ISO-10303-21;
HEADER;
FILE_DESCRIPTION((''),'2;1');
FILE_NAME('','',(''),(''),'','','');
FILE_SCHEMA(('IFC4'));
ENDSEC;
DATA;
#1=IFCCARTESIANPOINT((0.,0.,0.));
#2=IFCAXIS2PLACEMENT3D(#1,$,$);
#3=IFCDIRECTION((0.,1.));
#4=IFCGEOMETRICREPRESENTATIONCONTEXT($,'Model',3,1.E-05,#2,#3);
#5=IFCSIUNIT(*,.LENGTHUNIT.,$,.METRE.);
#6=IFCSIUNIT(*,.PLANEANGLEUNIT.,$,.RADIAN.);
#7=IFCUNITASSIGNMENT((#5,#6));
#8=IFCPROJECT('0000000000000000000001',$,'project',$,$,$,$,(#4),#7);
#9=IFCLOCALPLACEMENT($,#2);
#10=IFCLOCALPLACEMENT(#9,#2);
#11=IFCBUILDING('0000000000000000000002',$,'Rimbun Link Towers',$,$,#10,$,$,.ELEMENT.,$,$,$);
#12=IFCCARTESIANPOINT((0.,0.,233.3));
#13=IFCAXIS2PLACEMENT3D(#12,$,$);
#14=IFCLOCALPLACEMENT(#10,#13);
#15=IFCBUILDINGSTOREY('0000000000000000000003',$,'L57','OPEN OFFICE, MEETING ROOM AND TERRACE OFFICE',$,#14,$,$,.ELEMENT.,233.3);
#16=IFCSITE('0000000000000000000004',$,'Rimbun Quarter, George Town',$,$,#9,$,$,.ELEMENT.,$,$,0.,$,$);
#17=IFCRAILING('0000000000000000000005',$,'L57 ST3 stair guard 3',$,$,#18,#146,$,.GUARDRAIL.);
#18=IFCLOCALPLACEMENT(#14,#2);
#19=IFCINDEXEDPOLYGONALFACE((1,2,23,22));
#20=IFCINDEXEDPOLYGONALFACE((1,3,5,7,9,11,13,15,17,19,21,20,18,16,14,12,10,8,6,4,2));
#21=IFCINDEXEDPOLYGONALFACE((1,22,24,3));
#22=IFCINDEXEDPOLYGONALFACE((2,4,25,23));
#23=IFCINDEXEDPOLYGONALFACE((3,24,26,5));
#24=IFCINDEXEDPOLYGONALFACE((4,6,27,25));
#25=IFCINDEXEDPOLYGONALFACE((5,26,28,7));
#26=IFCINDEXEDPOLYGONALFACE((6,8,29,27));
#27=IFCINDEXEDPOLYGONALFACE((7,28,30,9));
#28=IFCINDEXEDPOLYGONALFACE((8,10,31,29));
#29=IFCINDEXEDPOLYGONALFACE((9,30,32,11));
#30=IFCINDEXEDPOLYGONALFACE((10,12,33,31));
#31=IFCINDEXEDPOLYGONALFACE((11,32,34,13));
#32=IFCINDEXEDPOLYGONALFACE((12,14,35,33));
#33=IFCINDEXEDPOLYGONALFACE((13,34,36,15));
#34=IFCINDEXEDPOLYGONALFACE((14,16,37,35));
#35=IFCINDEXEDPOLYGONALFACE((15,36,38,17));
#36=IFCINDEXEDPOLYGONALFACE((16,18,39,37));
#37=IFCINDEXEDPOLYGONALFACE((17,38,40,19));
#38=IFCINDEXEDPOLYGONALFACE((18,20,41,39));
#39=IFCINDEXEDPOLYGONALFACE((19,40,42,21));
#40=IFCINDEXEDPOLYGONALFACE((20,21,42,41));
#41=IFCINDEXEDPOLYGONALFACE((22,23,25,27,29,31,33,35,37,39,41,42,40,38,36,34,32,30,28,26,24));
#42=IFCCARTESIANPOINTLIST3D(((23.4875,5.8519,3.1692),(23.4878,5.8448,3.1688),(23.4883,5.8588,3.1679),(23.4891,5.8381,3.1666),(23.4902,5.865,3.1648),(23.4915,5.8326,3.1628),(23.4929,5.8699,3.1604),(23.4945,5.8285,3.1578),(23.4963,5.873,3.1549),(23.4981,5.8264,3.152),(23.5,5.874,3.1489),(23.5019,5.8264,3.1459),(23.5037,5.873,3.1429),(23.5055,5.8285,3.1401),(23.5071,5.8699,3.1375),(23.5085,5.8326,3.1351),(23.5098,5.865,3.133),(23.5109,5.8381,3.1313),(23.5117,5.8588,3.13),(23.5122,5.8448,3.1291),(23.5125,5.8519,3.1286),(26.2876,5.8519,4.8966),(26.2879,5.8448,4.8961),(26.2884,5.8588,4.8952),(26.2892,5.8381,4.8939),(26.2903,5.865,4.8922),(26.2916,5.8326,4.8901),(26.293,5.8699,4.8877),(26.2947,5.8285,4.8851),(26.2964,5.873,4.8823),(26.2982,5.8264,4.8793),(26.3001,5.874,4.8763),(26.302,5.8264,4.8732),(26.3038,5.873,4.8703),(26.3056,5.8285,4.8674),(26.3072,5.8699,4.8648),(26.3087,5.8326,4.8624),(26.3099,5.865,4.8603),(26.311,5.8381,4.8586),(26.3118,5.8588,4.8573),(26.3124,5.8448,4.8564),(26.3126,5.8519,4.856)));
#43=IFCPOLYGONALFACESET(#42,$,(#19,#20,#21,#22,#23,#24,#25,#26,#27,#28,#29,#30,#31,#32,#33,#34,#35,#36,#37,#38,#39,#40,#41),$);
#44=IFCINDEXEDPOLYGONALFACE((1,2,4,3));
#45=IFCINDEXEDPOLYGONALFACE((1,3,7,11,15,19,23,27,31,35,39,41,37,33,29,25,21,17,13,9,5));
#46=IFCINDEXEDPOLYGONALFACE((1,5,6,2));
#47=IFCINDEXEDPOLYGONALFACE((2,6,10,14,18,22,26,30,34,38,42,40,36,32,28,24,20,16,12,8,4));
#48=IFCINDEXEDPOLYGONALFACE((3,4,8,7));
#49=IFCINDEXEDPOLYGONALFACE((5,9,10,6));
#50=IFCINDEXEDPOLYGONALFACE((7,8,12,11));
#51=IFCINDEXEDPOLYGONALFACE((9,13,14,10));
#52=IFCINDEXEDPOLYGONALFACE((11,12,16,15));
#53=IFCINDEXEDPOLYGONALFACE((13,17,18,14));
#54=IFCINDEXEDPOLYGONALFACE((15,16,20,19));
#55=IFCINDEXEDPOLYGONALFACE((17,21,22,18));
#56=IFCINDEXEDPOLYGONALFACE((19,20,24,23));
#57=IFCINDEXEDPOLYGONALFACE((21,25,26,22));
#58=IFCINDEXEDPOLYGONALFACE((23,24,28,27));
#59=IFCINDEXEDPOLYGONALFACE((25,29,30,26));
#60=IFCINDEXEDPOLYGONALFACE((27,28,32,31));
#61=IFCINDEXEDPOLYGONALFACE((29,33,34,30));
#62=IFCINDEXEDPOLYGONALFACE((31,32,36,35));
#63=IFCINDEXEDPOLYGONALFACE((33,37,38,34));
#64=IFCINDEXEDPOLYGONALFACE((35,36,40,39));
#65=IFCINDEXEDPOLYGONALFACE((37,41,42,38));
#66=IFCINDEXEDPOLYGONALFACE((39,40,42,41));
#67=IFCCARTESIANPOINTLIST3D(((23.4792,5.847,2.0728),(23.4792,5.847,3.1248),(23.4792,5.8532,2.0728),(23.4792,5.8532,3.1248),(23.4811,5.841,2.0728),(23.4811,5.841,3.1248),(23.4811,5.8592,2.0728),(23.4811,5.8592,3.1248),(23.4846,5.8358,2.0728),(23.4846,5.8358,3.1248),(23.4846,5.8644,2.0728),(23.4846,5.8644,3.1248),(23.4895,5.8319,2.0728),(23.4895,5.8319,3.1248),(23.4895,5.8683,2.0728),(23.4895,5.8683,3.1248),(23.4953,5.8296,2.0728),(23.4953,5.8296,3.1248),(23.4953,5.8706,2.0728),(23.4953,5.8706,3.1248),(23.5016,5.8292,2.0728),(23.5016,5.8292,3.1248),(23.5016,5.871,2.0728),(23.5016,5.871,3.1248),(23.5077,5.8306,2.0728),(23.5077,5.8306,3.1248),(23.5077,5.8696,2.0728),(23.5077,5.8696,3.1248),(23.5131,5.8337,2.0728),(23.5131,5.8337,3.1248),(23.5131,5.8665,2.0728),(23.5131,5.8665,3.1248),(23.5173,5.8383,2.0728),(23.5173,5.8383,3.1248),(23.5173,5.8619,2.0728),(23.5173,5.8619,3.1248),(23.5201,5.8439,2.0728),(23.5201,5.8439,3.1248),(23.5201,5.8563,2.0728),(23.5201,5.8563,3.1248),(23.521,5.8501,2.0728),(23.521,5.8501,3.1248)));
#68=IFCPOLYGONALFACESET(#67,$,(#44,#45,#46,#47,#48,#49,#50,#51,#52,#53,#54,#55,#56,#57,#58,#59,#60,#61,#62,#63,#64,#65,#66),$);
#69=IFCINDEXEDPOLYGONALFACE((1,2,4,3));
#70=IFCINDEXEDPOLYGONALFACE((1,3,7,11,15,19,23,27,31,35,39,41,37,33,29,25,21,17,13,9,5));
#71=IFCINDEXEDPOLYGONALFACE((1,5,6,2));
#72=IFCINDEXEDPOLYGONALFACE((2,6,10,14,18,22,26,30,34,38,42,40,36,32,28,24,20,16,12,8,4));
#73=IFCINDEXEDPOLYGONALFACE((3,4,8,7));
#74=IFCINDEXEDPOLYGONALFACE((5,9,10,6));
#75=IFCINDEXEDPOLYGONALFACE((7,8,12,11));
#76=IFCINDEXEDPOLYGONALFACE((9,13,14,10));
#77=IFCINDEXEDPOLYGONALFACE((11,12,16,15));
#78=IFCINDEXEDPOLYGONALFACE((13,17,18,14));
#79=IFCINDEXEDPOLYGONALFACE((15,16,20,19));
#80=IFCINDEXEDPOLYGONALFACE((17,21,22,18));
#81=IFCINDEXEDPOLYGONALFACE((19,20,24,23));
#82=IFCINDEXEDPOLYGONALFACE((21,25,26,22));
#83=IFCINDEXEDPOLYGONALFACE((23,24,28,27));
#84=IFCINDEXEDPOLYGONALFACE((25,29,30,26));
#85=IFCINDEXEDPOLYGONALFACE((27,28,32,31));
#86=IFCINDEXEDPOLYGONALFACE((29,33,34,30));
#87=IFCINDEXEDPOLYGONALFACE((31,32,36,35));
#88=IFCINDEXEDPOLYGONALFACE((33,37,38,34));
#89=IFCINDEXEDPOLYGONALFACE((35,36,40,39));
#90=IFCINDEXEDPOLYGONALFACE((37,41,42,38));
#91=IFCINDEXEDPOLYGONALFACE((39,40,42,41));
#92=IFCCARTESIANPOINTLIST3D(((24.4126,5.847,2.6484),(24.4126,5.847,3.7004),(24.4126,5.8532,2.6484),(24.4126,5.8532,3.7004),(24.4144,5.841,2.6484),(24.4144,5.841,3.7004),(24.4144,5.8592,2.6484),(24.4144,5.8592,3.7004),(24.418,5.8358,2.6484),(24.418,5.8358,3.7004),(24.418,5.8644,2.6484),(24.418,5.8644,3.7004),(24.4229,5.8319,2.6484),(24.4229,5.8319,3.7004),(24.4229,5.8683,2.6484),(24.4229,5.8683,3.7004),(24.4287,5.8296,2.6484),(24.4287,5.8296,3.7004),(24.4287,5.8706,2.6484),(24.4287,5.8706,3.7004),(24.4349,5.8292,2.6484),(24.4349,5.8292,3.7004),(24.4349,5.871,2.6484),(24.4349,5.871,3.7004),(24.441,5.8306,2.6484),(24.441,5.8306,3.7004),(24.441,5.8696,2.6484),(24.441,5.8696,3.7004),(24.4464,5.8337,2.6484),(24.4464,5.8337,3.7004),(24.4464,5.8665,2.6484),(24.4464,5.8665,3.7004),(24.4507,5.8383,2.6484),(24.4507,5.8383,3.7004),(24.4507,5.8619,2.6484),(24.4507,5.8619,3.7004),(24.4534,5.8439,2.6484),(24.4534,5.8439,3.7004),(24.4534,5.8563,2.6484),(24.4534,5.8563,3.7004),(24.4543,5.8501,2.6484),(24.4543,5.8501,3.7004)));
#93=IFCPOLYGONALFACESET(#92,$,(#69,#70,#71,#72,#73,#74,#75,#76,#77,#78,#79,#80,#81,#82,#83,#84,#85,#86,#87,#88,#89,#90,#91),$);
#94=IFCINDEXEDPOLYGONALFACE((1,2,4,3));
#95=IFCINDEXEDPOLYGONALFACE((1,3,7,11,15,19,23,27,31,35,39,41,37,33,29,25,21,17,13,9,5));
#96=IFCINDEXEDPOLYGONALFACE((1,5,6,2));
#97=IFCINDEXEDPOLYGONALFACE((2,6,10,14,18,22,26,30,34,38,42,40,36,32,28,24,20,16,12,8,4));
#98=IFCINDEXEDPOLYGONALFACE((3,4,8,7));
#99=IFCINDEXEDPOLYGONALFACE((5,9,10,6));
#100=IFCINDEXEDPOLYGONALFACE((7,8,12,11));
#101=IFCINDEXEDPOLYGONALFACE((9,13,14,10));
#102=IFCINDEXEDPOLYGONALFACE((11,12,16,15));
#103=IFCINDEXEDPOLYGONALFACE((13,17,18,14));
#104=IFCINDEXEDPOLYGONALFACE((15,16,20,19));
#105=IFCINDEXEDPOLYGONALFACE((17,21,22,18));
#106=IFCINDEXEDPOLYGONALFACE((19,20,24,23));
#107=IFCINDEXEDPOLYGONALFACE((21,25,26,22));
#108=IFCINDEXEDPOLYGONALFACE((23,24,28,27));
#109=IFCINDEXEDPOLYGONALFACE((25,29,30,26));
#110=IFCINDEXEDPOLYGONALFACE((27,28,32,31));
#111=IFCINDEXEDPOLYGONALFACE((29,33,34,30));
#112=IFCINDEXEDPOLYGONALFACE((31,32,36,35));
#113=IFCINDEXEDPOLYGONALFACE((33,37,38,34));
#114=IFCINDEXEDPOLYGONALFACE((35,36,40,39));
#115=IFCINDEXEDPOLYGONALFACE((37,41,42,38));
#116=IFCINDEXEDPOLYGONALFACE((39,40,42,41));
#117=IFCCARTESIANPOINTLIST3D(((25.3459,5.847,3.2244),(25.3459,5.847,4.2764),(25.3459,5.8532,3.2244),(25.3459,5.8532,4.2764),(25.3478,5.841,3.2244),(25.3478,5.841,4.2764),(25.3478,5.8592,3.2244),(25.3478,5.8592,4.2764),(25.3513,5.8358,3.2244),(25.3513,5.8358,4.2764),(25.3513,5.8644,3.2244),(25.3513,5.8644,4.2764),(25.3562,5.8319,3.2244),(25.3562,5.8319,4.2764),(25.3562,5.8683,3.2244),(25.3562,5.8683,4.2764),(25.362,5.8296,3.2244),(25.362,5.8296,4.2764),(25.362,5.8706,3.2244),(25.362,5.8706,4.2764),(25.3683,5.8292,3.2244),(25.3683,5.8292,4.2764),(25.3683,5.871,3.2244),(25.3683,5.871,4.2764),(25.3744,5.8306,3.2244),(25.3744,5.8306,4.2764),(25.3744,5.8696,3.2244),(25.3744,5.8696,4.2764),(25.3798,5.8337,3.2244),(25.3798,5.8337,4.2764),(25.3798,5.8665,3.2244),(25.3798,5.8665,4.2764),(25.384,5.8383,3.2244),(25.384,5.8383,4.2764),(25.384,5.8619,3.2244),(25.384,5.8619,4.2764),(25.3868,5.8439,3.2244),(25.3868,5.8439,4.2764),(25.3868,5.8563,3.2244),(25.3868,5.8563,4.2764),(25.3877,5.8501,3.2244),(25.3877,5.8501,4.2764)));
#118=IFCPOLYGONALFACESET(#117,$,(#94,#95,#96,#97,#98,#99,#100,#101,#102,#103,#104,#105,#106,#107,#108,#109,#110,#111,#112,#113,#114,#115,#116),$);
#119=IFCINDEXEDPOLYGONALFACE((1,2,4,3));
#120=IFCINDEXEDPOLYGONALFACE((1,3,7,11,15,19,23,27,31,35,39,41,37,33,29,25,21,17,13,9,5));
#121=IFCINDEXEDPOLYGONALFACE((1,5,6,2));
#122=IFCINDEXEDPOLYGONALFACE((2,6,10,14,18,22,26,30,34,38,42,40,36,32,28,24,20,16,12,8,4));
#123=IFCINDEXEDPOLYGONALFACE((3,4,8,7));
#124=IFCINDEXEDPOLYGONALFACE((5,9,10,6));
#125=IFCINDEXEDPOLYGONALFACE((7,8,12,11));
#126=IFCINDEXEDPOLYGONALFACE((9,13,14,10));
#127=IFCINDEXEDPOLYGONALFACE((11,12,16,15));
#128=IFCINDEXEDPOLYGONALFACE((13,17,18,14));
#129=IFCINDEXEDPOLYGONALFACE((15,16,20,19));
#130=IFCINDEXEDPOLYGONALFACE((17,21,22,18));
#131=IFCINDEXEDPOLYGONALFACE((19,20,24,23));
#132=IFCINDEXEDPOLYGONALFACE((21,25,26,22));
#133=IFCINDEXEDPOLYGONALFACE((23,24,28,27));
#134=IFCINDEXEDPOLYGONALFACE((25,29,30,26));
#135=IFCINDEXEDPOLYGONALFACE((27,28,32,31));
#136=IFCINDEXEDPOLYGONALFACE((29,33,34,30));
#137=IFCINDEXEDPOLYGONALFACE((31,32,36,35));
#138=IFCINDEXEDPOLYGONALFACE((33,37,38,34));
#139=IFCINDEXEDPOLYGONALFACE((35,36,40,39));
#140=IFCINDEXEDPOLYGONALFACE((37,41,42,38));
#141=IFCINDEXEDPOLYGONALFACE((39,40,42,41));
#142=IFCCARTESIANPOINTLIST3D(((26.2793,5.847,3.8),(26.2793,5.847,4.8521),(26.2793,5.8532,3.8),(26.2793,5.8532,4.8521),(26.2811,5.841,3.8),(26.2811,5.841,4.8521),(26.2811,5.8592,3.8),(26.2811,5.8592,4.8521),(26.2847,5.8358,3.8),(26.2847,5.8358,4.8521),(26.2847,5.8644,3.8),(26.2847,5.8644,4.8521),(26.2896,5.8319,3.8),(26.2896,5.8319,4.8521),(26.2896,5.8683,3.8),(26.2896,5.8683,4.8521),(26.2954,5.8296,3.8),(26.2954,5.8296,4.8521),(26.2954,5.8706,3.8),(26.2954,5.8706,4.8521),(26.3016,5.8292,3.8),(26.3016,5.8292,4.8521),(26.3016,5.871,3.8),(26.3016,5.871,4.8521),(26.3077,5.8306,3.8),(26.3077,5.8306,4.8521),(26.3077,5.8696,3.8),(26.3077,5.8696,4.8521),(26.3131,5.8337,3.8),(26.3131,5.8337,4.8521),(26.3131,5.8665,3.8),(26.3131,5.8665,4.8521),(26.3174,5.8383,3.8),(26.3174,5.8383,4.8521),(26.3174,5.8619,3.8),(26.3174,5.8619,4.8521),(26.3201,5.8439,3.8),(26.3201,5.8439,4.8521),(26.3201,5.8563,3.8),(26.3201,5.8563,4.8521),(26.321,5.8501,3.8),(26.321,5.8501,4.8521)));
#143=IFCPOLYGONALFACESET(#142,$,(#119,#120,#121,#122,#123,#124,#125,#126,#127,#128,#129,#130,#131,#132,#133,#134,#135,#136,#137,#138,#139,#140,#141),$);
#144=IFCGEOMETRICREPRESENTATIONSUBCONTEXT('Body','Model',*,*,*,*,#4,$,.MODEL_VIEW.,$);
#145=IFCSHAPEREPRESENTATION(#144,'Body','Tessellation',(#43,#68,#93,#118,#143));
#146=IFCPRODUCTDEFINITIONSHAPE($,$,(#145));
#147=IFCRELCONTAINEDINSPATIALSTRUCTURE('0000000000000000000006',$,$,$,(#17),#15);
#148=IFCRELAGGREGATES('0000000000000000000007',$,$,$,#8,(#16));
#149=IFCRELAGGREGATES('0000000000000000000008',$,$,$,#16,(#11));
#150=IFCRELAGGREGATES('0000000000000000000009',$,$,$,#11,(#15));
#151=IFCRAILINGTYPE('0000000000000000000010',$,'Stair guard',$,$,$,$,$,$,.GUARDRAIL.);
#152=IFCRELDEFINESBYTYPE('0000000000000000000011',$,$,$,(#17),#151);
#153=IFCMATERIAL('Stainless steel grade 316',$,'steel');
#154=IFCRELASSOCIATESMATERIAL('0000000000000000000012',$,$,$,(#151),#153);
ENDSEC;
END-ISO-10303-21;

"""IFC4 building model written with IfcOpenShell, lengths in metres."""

from ifc_helpers import new_model, si_unit, direction, frame, origin, origin_2d, place, context, subcontext, project, spatial, circle, extrude, material, type_object, element, save


model = new_model("IFC4")

# Units and contexts
model_context = context("Model", 3, precision=1e-05, world=origin(), true_north=direction((0.0, 1.0)))
body_context = subcontext(model_context, "Body", "Model", "MODEL_VIEW")
ifc_project = project(units=[si_unit("LENGTHUNIT", "METRE"), si_unit("PLANEANGLEUNIT", "RADIAN")], contexts=[model_context])

# Site, building, storey
site_placement = place(None, origin())
site = spatial("IfcSite", under=ifc_project, at=site_placement, Name="Rimbun Quarter, George Town", CompositionType="ELEMENT", RefElevation=0.0)
building_placement = place(site_placement, origin())
building = spatial("IfcBuilding", under=site, at=building_placement, Name="Rimbun Link Towers", CompositionType="ELEMENT")
storey_placement = place(building_placement, frame((0.0, 0.0, 233.3)))
storey = spatial("IfcBuildingStorey", under=building, at=storey_placement, Name="L57", Description="OPEN OFFICE, MEETING ROOM AND TERRACE OFFICE", CompositionType="ELEMENT", Elevation=233.3)

# Railing
ifc_material_1 = material(Name="Stainless steel grade 316", Category="steel")
railing_type_1 = type_object("IfcRailingType", Name="Stair guard", PredefinedType="GUARDRAIL", material=ifc_material_1)
railing_1_placement = place(storey_placement, frame((23.5, 5.8501, 2.0728)))
element("IfcRailing", 1, at=railing_1_placement, inside=storey, type_object=railing_type_1, Name="L57 ST3 stair guard 3", PredefinedType="GUARDRAIL", context=body_context, shape_type="SweptSolid", body=[
    extrude(circle(Radius=0.0239, at=origin_2d()), frame((0.0, 0.0, 1.0762), z_axis=(0.85109, 0.0, 0.52502), x_axis=(0.0, 1.0, 0.0)), (0.0, 0.0, 1.0), 3.29),
    extrude(circle(Radius=0.021, at=origin_2d()), origin(), (0.0, 0.0, 1.0), 1.052),
    extrude(circle(Radius=0.021, at=origin_2d()), frame((0.9333, 0.0, 0.5757)), (0.0, 0.0, 1.0), 1.052),
    extrude(circle(Radius=0.021, at=origin_2d()), frame((1.8667, 0.0, 1.1516)), (0.0, 0.0, 1.0), 1.052),
    extrude(circle(Radius=0.021, at=origin_2d()), frame((2.8, 0.0, 1.7273)), (0.0, 0.0, 1.0), 1.052),
])

save(model, "model.ifc")
